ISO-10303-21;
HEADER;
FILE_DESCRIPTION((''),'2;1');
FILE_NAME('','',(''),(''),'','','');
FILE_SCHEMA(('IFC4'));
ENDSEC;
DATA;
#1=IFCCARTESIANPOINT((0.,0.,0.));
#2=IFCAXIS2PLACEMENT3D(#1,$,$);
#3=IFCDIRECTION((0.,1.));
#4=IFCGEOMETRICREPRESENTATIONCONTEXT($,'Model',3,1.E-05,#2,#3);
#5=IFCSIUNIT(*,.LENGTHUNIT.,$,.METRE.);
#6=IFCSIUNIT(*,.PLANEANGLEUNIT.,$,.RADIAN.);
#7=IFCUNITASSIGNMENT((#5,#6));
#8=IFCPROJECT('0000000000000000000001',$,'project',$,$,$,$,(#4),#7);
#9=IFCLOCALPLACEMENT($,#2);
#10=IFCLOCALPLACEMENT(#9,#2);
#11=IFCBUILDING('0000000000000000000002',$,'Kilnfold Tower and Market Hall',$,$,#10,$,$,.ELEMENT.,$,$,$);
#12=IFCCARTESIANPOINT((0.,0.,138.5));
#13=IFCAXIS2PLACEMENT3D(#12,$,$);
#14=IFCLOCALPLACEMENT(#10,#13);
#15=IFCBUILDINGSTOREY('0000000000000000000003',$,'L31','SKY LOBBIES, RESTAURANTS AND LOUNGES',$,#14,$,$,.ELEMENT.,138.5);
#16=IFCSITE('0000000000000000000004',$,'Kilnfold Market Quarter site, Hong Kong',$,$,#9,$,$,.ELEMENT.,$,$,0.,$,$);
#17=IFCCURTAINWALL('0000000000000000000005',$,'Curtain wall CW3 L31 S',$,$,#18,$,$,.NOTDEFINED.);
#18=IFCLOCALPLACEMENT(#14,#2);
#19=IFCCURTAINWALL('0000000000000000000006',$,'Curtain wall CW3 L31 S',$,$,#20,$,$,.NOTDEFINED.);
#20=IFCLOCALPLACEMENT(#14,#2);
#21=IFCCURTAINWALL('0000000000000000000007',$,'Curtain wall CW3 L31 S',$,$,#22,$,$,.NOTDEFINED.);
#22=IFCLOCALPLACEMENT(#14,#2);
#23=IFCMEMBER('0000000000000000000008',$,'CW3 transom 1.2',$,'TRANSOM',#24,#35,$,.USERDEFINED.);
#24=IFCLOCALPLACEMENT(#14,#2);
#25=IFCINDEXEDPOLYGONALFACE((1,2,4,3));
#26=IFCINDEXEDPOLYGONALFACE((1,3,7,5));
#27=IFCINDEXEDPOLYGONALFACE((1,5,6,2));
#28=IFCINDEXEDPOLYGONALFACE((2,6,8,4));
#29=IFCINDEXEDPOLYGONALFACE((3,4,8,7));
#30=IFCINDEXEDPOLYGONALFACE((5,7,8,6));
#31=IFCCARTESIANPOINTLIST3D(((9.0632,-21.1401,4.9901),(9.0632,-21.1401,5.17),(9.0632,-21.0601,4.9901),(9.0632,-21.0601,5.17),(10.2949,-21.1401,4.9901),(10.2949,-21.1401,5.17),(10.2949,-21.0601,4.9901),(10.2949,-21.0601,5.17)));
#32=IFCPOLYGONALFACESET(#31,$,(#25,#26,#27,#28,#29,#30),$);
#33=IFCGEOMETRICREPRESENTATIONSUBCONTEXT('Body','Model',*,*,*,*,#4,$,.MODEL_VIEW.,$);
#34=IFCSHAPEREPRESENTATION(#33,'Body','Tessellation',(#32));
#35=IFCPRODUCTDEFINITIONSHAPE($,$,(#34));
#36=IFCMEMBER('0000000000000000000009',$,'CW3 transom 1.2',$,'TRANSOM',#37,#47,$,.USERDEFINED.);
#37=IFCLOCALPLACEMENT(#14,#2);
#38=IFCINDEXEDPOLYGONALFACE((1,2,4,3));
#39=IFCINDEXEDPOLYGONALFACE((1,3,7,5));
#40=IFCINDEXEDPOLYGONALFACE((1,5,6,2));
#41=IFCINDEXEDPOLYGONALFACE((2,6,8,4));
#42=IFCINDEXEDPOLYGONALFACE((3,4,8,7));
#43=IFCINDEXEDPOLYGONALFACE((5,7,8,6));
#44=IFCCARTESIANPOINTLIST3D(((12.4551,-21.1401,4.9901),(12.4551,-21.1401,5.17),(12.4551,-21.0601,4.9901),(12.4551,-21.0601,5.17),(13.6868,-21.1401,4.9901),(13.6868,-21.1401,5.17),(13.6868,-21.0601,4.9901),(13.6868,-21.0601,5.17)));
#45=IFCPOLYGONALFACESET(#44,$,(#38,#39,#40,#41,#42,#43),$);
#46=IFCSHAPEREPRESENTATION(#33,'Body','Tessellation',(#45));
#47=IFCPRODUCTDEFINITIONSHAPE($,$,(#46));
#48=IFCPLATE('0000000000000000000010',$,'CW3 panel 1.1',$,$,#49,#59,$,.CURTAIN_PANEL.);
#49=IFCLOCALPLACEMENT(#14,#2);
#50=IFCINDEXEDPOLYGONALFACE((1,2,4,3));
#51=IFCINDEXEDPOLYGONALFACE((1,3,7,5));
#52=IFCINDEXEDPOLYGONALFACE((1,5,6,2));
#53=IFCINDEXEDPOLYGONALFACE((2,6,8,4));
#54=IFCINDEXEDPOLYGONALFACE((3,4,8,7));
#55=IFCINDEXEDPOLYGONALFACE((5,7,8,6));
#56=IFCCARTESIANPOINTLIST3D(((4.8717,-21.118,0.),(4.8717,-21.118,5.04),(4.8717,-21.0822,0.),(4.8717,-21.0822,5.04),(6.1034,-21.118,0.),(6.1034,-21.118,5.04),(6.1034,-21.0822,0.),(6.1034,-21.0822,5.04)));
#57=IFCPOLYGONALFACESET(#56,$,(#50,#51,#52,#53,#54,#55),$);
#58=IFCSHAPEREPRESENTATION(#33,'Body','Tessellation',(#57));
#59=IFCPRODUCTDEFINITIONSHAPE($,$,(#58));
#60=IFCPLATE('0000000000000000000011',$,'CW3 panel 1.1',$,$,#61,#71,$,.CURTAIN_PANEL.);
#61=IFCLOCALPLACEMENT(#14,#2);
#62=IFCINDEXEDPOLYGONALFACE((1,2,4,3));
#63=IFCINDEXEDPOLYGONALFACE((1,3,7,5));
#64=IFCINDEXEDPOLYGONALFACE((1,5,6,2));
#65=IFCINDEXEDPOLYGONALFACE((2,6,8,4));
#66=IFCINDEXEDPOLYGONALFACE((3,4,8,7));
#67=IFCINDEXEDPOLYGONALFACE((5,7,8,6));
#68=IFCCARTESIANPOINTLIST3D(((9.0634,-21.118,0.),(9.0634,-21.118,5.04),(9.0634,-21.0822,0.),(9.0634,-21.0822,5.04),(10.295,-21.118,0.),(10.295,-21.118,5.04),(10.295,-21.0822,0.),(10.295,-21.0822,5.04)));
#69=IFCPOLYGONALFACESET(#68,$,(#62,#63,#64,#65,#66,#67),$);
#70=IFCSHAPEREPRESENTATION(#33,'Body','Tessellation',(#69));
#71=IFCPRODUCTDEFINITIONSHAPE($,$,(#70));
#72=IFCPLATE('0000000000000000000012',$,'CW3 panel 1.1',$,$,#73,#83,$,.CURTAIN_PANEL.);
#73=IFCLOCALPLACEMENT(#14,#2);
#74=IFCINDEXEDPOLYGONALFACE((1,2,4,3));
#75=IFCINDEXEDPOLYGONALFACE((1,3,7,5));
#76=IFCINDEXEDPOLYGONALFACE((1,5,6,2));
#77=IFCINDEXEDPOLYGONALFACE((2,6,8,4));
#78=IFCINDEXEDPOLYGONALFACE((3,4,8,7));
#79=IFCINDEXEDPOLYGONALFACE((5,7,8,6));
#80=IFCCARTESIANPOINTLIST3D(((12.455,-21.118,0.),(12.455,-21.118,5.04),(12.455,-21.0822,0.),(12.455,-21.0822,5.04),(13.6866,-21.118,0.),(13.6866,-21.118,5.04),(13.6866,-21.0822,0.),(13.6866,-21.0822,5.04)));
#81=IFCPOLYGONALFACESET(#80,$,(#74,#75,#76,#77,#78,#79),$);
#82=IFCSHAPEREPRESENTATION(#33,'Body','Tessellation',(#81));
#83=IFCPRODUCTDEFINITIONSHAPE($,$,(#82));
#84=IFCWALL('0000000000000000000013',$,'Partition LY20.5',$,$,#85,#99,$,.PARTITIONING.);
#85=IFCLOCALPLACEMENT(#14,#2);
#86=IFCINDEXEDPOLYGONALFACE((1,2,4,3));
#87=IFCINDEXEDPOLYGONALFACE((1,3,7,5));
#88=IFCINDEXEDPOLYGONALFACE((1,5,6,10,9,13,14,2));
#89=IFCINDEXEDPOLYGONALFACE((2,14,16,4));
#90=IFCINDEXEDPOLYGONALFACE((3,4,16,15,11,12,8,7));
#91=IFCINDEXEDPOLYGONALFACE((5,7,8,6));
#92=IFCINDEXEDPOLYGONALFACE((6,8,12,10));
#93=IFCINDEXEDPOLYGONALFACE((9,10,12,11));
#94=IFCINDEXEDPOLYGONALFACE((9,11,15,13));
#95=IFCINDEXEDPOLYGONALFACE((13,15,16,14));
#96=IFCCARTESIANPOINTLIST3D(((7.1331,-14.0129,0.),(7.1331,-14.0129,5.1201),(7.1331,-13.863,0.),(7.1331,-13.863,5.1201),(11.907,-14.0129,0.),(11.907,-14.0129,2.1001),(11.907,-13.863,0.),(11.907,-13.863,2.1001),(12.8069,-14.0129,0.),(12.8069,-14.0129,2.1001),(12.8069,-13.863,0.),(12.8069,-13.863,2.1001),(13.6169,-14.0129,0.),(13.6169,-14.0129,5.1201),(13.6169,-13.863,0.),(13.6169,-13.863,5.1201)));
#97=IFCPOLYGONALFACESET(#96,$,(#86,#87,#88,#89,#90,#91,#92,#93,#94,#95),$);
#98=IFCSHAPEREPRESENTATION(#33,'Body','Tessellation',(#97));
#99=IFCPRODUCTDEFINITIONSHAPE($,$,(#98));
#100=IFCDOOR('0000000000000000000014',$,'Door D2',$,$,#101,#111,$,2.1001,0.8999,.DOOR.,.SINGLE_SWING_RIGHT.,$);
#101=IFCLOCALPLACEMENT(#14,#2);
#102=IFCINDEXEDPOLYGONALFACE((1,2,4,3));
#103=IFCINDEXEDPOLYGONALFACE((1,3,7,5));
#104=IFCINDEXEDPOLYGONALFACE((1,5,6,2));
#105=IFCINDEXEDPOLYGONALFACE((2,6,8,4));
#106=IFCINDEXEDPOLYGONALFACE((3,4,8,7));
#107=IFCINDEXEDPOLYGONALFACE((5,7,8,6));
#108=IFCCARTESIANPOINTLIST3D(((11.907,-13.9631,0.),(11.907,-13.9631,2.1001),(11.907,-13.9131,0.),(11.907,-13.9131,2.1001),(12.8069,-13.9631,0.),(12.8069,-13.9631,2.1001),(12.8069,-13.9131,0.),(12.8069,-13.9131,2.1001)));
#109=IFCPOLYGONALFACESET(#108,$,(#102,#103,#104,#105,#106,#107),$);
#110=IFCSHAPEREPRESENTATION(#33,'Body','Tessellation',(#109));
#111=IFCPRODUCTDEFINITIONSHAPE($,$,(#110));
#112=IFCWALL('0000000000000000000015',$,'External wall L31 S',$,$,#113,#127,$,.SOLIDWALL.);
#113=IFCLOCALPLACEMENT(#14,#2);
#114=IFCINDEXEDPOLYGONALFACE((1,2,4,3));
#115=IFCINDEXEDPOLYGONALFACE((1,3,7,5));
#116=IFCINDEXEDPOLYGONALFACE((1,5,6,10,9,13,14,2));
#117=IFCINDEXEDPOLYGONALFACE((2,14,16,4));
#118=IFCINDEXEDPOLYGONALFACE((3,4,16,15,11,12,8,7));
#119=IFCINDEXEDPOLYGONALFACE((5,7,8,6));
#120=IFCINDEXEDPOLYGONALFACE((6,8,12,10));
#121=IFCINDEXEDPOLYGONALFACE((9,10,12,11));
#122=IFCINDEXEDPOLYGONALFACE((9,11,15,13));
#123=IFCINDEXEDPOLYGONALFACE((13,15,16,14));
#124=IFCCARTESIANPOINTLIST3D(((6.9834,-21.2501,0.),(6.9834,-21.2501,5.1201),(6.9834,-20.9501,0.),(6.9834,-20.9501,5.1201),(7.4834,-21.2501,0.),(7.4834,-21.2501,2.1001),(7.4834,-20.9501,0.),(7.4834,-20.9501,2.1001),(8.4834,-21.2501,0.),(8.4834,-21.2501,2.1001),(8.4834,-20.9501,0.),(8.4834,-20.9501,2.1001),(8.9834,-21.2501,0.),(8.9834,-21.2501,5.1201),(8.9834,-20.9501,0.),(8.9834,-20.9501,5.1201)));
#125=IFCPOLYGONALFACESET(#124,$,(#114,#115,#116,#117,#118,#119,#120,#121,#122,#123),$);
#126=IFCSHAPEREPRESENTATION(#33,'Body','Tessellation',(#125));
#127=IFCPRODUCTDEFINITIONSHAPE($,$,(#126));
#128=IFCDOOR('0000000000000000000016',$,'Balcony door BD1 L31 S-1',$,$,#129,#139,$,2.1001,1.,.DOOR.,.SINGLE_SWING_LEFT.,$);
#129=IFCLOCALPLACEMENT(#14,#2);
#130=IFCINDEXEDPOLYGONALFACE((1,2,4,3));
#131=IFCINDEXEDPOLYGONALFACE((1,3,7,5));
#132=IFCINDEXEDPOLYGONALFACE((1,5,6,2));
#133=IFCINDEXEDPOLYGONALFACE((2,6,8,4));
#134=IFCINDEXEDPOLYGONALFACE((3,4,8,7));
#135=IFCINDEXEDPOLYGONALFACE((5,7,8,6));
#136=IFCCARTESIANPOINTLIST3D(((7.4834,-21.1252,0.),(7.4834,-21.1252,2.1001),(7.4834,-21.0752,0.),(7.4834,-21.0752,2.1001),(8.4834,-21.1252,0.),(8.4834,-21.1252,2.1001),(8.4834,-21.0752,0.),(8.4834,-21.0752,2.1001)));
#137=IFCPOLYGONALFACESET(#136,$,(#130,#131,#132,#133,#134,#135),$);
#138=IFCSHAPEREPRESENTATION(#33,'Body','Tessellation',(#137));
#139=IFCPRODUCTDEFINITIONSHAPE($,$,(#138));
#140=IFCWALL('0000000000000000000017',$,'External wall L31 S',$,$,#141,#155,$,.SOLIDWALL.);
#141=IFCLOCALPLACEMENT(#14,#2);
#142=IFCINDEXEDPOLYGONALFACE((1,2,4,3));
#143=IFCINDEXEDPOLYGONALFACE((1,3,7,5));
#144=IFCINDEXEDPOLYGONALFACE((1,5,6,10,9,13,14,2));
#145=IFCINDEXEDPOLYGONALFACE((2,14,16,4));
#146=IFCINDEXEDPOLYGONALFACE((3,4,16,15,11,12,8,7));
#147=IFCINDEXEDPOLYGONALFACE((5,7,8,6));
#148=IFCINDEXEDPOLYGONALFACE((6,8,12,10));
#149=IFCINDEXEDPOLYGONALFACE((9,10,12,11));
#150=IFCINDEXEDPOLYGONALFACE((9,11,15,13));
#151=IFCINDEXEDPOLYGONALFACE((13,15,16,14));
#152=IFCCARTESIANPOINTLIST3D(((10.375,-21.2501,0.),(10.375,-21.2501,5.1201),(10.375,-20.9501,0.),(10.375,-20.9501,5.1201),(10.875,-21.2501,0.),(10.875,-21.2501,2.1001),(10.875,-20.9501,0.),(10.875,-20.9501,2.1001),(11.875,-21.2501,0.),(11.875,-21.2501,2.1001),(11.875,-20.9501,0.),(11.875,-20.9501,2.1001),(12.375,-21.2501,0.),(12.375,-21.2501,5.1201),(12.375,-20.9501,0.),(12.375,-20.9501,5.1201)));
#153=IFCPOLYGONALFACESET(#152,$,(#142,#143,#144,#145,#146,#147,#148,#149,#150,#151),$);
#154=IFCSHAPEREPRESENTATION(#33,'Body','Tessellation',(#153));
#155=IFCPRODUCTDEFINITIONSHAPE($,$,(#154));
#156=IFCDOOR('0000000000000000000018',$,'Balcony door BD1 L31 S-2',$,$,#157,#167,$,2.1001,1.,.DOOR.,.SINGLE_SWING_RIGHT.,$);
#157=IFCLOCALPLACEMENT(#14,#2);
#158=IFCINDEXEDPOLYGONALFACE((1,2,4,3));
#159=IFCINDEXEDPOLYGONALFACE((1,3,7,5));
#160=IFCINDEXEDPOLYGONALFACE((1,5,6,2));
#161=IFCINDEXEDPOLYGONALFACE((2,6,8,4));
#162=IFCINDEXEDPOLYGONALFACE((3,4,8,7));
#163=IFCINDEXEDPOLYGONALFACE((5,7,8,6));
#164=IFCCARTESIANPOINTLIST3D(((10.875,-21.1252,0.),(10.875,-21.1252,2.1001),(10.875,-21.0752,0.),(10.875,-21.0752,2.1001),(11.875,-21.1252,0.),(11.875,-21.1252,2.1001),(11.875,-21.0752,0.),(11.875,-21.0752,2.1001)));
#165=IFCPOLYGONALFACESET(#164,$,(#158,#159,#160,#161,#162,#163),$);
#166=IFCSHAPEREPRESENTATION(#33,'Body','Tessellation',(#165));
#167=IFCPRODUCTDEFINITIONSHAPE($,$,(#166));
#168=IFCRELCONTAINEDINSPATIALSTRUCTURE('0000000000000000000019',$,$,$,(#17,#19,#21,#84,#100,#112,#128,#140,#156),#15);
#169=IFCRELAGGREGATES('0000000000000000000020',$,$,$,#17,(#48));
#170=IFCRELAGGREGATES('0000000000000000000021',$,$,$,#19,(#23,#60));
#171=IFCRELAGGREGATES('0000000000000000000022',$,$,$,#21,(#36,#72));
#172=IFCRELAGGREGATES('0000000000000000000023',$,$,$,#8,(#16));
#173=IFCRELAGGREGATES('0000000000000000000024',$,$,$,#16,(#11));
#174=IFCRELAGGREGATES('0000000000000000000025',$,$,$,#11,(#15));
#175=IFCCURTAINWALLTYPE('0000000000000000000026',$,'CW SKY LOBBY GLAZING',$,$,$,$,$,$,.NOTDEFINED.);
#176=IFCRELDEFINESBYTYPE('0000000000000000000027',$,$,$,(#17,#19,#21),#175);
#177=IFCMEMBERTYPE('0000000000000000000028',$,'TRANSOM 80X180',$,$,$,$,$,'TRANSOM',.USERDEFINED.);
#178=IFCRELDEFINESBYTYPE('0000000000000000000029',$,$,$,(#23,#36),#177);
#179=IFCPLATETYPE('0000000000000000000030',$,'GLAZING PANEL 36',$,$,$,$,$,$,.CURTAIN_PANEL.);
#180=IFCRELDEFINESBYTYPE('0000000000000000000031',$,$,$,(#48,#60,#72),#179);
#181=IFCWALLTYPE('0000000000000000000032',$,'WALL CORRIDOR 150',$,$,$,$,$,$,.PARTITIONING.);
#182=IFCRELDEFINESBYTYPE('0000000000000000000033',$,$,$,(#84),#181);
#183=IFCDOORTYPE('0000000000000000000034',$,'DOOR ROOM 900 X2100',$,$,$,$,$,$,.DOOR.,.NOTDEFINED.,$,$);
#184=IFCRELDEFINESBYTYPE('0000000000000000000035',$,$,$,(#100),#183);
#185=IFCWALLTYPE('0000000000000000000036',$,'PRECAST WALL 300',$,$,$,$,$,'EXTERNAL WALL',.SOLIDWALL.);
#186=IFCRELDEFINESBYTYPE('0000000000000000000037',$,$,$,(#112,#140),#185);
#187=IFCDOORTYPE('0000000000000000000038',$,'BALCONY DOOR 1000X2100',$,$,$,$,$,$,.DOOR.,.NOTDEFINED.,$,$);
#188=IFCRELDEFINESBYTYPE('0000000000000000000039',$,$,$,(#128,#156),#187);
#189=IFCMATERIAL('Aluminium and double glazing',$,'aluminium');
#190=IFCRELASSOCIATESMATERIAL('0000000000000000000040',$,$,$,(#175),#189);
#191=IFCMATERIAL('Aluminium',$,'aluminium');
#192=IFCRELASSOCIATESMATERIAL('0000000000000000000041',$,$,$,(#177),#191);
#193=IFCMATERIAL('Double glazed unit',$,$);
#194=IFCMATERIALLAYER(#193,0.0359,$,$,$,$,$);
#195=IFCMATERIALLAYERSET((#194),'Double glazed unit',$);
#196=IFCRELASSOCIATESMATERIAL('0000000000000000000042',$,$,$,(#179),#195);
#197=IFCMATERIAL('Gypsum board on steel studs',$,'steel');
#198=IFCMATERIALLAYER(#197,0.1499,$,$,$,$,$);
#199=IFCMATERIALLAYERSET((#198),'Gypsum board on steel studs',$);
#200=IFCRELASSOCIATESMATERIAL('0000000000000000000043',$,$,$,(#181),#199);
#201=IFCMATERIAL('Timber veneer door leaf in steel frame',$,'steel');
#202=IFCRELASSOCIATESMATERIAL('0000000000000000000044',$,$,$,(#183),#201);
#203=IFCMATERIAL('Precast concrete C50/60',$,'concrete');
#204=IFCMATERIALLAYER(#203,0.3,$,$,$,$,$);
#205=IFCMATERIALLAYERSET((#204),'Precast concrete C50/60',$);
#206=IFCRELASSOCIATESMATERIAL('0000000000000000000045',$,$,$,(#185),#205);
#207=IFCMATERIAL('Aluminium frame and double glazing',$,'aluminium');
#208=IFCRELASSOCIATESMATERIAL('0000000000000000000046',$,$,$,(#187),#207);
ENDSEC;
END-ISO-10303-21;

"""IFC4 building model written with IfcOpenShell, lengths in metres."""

from ifc_helpers import new_model, si_unit, direction, frame, frame_2d, origin, origin_2d, place, context, subcontext, project, spatial, rectangle, extrude, source, transform, mapped, material, layer, layer_set, material_profile, profile_set, type_object, element, fill, aggregate, save


model = new_model("IFC4")

# Units and contexts
model_context = context("Model", 3, precision=1e-05, world=origin(), true_north=direction((0.0, 1.0)))
body_context = subcontext(model_context, "Body", "Model", "MODEL_VIEW")
ifc_project = project(units=[si_unit("LENGTHUNIT", "METRE"), si_unit("PLANEANGLEUNIT", "RADIAN")], contexts=[model_context])

# Site, building, storey
site_placement = place(None, origin())
site = spatial("IfcSite", under=ifc_project, at=site_placement, Name="Kilnfold Market Quarter site, Hong Kong", CompositionType="ELEMENT", RefElevation=0.0)
building_placement = place(site_placement, origin())
building = spatial("IfcBuilding", under=site, at=building_placement, Name="Kilnfold Tower and Market Hall", CompositionType="ELEMENT")
storey_placement = place(building_placement, frame((0.0, 0.0, 138.5)))
storey = spatial("IfcBuildingStorey", under=building, at=storey_placement, Name="L31", Description="SKY LOBBIES, RESTAURANTS AND LOUNGES", CompositionType="ELEMENT", Elevation=138.5)

# Curtain wall
ifc_material_1 = material(Name="Aluminium and double glazing", Category="aluminium")
curtain_wall_type = type_object("IfcCurtainWallType", Name="CW SKY LOBBY GLAZING", PredefinedType="NOTDEFINED", material=ifc_material_1)
curtain_wall_1_placement = place(storey_placement, origin())
curtain_wall_1 = element("IfcCurtainWall", 1, at=curtain_wall_1_placement, inside=storey, type_object=curtain_wall_type, Name="Curtain wall CW3 L31 S", PredefinedType="NOTDEFINED")

# Curtain wall
curtain_wall_2_placement = place(storey_placement, origin())
curtain_wall_2 = element("IfcCurtainWall", 2, at=curtain_wall_2_placement, inside=storey, type_object=curtain_wall_type, Name="Curtain wall CW3 L31 S", PredefinedType="NOTDEFINED")

# Curtain wall
curtain_wall_3_placement = place(storey_placement, origin())
curtain_wall_3 = element("IfcCurtainWall", 3, at=curtain_wall_3_placement, inside=storey, type_object=curtain_wall_type, Name="Curtain wall CW3 L31 S", PredefinedType="NOTDEFINED")

# Members
ifc_material_2 = material(Name="Aluminium", Category="aluminium")
ifc_material_profile_1 = material_profile(ifc_material_2, rectangle(XDim=0.0801, YDim=0.1799, at=origin_2d()), Name="TRANSOM 80x180")
ifc_profile_set_1 = profile_set([ifc_material_profile_1], Name="Aluminium")
member_type_1 = type_object("IfcMemberType", Name="TRANSOM 80X180", ElementType="TRANSOM", PredefinedType="USERDEFINED", material=ifc_profile_set_1)
shared_shape_1 = source(origin(), body_context, "Body", "SweptSolid", [
    extrude(rectangle(XDim=0.0801, YDim=0.1799, at=origin_2d()), origin(), (0.0, 0.0, 1.0), 1.2317),
])
member_1_placement = place(storey_placement, frame((9.0632, -21.1001, 5.0801), z_axis=(1.0, 0.0, 0.0), x_axis=(0.0, 1.0, 0.0)))
member_1 = element("IfcMember", 4, at=member_1_placement, type_object=member_type_1, Name="CW3 transom 1.2", ObjectType="TRANSOM", PredefinedType="USERDEFINED", context=body_context, shape_type="MappedRepresentation", body=[
    mapped(shared_shape_1, transform((0.0, 0.0, 0.0))),
])
member_2_placement = place(storey_placement, frame((12.4551, -21.1001, 5.0801), z_axis=(1.0, 0.0, 0.0), x_axis=(0.0, 1.0, 0.0)))
member_2 = element("IfcMember", 5, at=member_2_placement, type_object=member_type_1, Name="CW3 transom 1.2", ObjectType="TRANSOM", PredefinedType="USERDEFINED", context=body_context, shape_type="MappedRepresentation", body=[
    mapped(shared_shape_1, transform((0.0, 0.0, 0.0))),
])

# Plates
ifc_material_3 = material(Name="Double glazed unit")
ifc_layer_1 = layer(ifc_material_3, 0.0359)
ifc_layer_set_1 = layer_set([ifc_layer_1], Name="Double glazed unit")
plate_type = type_object("IfcPlateType", Name="GLAZING PANEL 36", PredefinedType="CURTAIN_PANEL", material=ifc_layer_set_1)
shared_shape_2 = source(origin(), body_context, "Body", "SweptSolid", [
    extrude(rectangle(XDim=1.2317, YDim=0.0359, at=origin_2d()), origin(), (0.0, 0.0, 1.0), 5.04),
])
plate_1_placement = place(storey_placement, frame((5.4875, -21.1001, 0.0), z_axis=(0.0, 0.0, 1.0), x_axis=(1.0, 0.0, 0.0)))
plate_1 = element("IfcPlate", 6, at=plate_1_placement, type_object=plate_type, Name="CW3 panel 1.1", PredefinedType="CURTAIN_PANEL", context=body_context, shape_type="MappedRepresentation", body=[
    mapped(shared_shape_2, transform((0.0, 0.0, 0.0))),
])
aggregate(curtain_wall_1, [plate_1])
plate_2_placement = place(storey_placement, frame((9.6792, -21.1001, 0.0), z_axis=(0.0, 0.0, 1.0), x_axis=(1.0, 0.0, 0.0)))
plate_2 = element("IfcPlate", 7, at=plate_2_placement, type_object=plate_type, Name="CW3 panel 1.1", PredefinedType="CURTAIN_PANEL", context=body_context, shape_type="MappedRepresentation", body=[
    mapped(shared_shape_2, transform((0.0, 0.0, 0.0))),
])
aggregate(curtain_wall_2, [member_1, plate_2])
plate_3_placement = place(storey_placement, frame((13.0708, -21.1001, 0.0), z_axis=(0.0, 0.0, 1.0), x_axis=(1.0, 0.0, 0.0)))
plate_3 = element("IfcPlate", 8, at=plate_3_placement, type_object=plate_type, Name="CW3 panel 1.1", PredefinedType="CURTAIN_PANEL", context=body_context, shape_type="MappedRepresentation", body=[
    mapped(shared_shape_2, transform((0.0, 0.0, 0.0))),
])
aggregate(curtain_wall_3, [member_2, plate_3])

# Walls, openings, doors
ifc_material_4 = material(Name="Gypsum board on steel studs", Category="steel")
ifc_layer_2 = layer(ifc_material_4, 0.1499)
ifc_layer_set_2 = layer_set([ifc_layer_2], Name="Gypsum board on steel studs")
wall_type_1 = type_object("IfcWallType", Name="WALL CORRIDOR 150", PredefinedType="PARTITIONING", material=ifc_layer_set_2)
wall_1_placement = place(storey_placement, frame((7.1331, -13.938, 0.0), z_axis=(0.0, 0.0, 1.0), x_axis=(1.0, 0.0, 0.0)))
wall_1 = element("IfcWall", 9, at=wall_1_placement, inside=storey, type_object=wall_type_1, Name="Partition LY20.5", PredefinedType="PARTITIONING", context=body_context, shape_type="SweptSolid", body=[
    extrude(rectangle(XDim=6.4839, YDim=0.1499, at=frame_2d((3.2419, 0.0))), origin(), (0.0, 0.0, 1.0), 5.1201),
])
opening_1_placement = place(wall_1_placement, frame((4.7739, 0.0, 0.0)))
opening_1 = element("IfcOpeningElement", 10, at=opening_1_placement, cuts=wall_1, PredefinedType="OPENING", context=body_context, shape_type="SweptSolid", body=[
    extrude(rectangle(XDim=0.8999, YDim=2.1001, at=frame_2d((0.45, 1.05))), frame((0.0, 0.085, 0.0), z_axis=(0.0, -1.0, 0.0), x_axis=(1.0, 0.0, 0.0)), (0.0, 0.0, 1.0), 0.1699),
])
ifc_material_5 = material(Name="Timber veneer door leaf in steel frame", Category="steel")
door_type_1 = type_object("IfcDoorType", Name="DOOR ROOM 900 X2100", OperationType="NOTDEFINED", PredefinedType="DOOR", material=ifc_material_5)
door_1_placement = place(opening_1_placement, origin())
door_1 = element("IfcDoor", 11, at=door_1_placement, inside=storey, type_object=door_type_1, Name="Door D2", OperationType="SINGLE_SWING_RIGHT", OverallHeight=2.1001, OverallWidth=0.8999, PredefinedType="DOOR", context=body_context, shape_type="SweptSolid", body=[
    extrude(rectangle(XDim=0.8999, YDim=2.1001, at=frame_2d((0.45, 1.05))), frame((0.0, 0.0249, 0.0), z_axis=(0.0, -1.0, 0.0), x_axis=(1.0, 0.0, 0.0)), (0.0, 0.0, 1.0), 0.05),
])
fill(opening_1, door_1)
ifc_material_6 = material(Name="Precast concrete C50/60", Category="concrete")
ifc_layer_3 = layer(ifc_material_6, 0.3)
ifc_layer_set_3 = layer_set([ifc_layer_3], Name="Precast concrete C50/60")
wall_type_2 = type_object("IfcWallType", Name="PRECAST WALL 300", ElementType="EXTERNAL WALL", PredefinedType="SOLIDWALL", material=ifc_layer_set_3)
shared_shape_3 = source(origin(), body_context, "Body", "SweptSolid", [
    extrude(rectangle(XDim=2.0, YDim=0.3, at=frame_2d((1.0, 0.0))), origin(), (0.0, 0.0, 1.0), 5.1201),
])
wall_2_placement = place(storey_placement, frame((6.9834, -21.1001, 0.0), z_axis=(0.0, 0.0, 1.0), x_axis=(1.0, 0.0, 0.0)))
wall_2 = element("IfcWall", 12, at=wall_2_placement, inside=storey, type_object=wall_type_2, Name="External wall L31 S", PredefinedType="SOLIDWALL", context=body_context, shape_type="MappedRepresentation", body=[
    mapped(shared_shape_3, transform((0.0, 0.0, 0.0))),
])
opening_2_placement = place(wall_2_placement, frame((0.5, 0.0, 0.0)))
opening_2 = element("IfcOpeningElement", 13, at=opening_2_placement, cuts=wall_2, PredefinedType="OPENING", context=body_context, shape_type="SweptSolid", body=[
    extrude(rectangle(XDim=1.0, YDim=2.1001, at=frame_2d((0.5, 1.05))), frame((0.0, 0.1602, 0.0), z_axis=(0.0, -1.0, 0.0), x_axis=(1.0, 0.0, 0.0)), (0.0, 0.0, 1.0), 0.3201),
])
ifc_material_7 = material(Name="Aluminium frame and double glazing", Category="aluminium")
door_type_2 = type_object("IfcDoorType", Name="BALCONY DOOR 1000X2100", OperationType="NOTDEFINED", PredefinedType="DOOR", material=ifc_material_7)
door_2_placement = place(opening_2_placement, origin())
door_2 = element("IfcDoor", 14, at=door_2_placement, inside=storey, type_object=door_type_2, Name="Balcony door BD1 L31 S-1", OperationType="SINGLE_SWING_LEFT", OverallHeight=2.1001, OverallWidth=1.0, PredefinedType="DOOR", context=body_context, shape_type="SweptSolid", body=[
    extrude(rectangle(XDim=1.0, YDim=2.1001, at=frame_2d((0.5, 1.05))), frame((0.0, 0.0249, 0.0), z_axis=(0.0, -1.0, 0.0), x_axis=(1.0, 0.0, 0.0)), (0.0, 0.0, 1.0), 0.05),
])
fill(opening_2, door_2)
wall_3_placement = place(storey_placement, frame((10.375, -21.1001, 0.0), z_axis=(0.0, 0.0, 1.0), x_axis=(1.0, 0.0, 0.0)))
wall_3 = element("IfcWall", 15, at=wall_3_placement, inside=storey, type_object=wall_type_2, Name="External wall L31 S", PredefinedType="SOLIDWALL", context=body_context, shape_type="MappedRepresentation", body=[
    mapped(shared_shape_3, transform((0.0, 0.0, 0.0))),
])
opening_3_placement = place(wall_3_placement, frame((0.5, 0.0, 0.0)))
opening_3 = element("IfcOpeningElement", 16, at=opening_3_placement, cuts=wall_3, PredefinedType="OPENING", context=body_context, shape_type="SweptSolid", body=[
    extrude(rectangle(XDim=1.0, YDim=2.1001, at=frame_2d((0.5, 1.05))), frame((0.0, 0.1602, 0.0), z_axis=(0.0, -1.0, 0.0), x_axis=(1.0, 0.0, 0.0)), (0.0, 0.0, 1.0), 0.3201),
])
door_3_placement = place(opening_3_placement, origin())
door_3 = element("IfcDoor", 17, at=door_3_placement, inside=storey, type_object=door_type_2, Name="Balcony door BD1 L31 S-2", OperationType="SINGLE_SWING_RIGHT", OverallHeight=2.1001, OverallWidth=1.0, PredefinedType="DOOR", context=body_context, shape_type="SweptSolid", body=[
    extrude(rectangle(XDim=1.0, YDim=2.1001, at=frame_2d((0.5, 1.05))), frame((0.0, 0.0249, 0.0), z_axis=(0.0, -1.0, 0.0), x_axis=(1.0, 0.0, 0.0)), (0.0, 0.0, 1.0), 0.05),
])
fill(opening_3, door_3)

save(model, "model.ifc")
